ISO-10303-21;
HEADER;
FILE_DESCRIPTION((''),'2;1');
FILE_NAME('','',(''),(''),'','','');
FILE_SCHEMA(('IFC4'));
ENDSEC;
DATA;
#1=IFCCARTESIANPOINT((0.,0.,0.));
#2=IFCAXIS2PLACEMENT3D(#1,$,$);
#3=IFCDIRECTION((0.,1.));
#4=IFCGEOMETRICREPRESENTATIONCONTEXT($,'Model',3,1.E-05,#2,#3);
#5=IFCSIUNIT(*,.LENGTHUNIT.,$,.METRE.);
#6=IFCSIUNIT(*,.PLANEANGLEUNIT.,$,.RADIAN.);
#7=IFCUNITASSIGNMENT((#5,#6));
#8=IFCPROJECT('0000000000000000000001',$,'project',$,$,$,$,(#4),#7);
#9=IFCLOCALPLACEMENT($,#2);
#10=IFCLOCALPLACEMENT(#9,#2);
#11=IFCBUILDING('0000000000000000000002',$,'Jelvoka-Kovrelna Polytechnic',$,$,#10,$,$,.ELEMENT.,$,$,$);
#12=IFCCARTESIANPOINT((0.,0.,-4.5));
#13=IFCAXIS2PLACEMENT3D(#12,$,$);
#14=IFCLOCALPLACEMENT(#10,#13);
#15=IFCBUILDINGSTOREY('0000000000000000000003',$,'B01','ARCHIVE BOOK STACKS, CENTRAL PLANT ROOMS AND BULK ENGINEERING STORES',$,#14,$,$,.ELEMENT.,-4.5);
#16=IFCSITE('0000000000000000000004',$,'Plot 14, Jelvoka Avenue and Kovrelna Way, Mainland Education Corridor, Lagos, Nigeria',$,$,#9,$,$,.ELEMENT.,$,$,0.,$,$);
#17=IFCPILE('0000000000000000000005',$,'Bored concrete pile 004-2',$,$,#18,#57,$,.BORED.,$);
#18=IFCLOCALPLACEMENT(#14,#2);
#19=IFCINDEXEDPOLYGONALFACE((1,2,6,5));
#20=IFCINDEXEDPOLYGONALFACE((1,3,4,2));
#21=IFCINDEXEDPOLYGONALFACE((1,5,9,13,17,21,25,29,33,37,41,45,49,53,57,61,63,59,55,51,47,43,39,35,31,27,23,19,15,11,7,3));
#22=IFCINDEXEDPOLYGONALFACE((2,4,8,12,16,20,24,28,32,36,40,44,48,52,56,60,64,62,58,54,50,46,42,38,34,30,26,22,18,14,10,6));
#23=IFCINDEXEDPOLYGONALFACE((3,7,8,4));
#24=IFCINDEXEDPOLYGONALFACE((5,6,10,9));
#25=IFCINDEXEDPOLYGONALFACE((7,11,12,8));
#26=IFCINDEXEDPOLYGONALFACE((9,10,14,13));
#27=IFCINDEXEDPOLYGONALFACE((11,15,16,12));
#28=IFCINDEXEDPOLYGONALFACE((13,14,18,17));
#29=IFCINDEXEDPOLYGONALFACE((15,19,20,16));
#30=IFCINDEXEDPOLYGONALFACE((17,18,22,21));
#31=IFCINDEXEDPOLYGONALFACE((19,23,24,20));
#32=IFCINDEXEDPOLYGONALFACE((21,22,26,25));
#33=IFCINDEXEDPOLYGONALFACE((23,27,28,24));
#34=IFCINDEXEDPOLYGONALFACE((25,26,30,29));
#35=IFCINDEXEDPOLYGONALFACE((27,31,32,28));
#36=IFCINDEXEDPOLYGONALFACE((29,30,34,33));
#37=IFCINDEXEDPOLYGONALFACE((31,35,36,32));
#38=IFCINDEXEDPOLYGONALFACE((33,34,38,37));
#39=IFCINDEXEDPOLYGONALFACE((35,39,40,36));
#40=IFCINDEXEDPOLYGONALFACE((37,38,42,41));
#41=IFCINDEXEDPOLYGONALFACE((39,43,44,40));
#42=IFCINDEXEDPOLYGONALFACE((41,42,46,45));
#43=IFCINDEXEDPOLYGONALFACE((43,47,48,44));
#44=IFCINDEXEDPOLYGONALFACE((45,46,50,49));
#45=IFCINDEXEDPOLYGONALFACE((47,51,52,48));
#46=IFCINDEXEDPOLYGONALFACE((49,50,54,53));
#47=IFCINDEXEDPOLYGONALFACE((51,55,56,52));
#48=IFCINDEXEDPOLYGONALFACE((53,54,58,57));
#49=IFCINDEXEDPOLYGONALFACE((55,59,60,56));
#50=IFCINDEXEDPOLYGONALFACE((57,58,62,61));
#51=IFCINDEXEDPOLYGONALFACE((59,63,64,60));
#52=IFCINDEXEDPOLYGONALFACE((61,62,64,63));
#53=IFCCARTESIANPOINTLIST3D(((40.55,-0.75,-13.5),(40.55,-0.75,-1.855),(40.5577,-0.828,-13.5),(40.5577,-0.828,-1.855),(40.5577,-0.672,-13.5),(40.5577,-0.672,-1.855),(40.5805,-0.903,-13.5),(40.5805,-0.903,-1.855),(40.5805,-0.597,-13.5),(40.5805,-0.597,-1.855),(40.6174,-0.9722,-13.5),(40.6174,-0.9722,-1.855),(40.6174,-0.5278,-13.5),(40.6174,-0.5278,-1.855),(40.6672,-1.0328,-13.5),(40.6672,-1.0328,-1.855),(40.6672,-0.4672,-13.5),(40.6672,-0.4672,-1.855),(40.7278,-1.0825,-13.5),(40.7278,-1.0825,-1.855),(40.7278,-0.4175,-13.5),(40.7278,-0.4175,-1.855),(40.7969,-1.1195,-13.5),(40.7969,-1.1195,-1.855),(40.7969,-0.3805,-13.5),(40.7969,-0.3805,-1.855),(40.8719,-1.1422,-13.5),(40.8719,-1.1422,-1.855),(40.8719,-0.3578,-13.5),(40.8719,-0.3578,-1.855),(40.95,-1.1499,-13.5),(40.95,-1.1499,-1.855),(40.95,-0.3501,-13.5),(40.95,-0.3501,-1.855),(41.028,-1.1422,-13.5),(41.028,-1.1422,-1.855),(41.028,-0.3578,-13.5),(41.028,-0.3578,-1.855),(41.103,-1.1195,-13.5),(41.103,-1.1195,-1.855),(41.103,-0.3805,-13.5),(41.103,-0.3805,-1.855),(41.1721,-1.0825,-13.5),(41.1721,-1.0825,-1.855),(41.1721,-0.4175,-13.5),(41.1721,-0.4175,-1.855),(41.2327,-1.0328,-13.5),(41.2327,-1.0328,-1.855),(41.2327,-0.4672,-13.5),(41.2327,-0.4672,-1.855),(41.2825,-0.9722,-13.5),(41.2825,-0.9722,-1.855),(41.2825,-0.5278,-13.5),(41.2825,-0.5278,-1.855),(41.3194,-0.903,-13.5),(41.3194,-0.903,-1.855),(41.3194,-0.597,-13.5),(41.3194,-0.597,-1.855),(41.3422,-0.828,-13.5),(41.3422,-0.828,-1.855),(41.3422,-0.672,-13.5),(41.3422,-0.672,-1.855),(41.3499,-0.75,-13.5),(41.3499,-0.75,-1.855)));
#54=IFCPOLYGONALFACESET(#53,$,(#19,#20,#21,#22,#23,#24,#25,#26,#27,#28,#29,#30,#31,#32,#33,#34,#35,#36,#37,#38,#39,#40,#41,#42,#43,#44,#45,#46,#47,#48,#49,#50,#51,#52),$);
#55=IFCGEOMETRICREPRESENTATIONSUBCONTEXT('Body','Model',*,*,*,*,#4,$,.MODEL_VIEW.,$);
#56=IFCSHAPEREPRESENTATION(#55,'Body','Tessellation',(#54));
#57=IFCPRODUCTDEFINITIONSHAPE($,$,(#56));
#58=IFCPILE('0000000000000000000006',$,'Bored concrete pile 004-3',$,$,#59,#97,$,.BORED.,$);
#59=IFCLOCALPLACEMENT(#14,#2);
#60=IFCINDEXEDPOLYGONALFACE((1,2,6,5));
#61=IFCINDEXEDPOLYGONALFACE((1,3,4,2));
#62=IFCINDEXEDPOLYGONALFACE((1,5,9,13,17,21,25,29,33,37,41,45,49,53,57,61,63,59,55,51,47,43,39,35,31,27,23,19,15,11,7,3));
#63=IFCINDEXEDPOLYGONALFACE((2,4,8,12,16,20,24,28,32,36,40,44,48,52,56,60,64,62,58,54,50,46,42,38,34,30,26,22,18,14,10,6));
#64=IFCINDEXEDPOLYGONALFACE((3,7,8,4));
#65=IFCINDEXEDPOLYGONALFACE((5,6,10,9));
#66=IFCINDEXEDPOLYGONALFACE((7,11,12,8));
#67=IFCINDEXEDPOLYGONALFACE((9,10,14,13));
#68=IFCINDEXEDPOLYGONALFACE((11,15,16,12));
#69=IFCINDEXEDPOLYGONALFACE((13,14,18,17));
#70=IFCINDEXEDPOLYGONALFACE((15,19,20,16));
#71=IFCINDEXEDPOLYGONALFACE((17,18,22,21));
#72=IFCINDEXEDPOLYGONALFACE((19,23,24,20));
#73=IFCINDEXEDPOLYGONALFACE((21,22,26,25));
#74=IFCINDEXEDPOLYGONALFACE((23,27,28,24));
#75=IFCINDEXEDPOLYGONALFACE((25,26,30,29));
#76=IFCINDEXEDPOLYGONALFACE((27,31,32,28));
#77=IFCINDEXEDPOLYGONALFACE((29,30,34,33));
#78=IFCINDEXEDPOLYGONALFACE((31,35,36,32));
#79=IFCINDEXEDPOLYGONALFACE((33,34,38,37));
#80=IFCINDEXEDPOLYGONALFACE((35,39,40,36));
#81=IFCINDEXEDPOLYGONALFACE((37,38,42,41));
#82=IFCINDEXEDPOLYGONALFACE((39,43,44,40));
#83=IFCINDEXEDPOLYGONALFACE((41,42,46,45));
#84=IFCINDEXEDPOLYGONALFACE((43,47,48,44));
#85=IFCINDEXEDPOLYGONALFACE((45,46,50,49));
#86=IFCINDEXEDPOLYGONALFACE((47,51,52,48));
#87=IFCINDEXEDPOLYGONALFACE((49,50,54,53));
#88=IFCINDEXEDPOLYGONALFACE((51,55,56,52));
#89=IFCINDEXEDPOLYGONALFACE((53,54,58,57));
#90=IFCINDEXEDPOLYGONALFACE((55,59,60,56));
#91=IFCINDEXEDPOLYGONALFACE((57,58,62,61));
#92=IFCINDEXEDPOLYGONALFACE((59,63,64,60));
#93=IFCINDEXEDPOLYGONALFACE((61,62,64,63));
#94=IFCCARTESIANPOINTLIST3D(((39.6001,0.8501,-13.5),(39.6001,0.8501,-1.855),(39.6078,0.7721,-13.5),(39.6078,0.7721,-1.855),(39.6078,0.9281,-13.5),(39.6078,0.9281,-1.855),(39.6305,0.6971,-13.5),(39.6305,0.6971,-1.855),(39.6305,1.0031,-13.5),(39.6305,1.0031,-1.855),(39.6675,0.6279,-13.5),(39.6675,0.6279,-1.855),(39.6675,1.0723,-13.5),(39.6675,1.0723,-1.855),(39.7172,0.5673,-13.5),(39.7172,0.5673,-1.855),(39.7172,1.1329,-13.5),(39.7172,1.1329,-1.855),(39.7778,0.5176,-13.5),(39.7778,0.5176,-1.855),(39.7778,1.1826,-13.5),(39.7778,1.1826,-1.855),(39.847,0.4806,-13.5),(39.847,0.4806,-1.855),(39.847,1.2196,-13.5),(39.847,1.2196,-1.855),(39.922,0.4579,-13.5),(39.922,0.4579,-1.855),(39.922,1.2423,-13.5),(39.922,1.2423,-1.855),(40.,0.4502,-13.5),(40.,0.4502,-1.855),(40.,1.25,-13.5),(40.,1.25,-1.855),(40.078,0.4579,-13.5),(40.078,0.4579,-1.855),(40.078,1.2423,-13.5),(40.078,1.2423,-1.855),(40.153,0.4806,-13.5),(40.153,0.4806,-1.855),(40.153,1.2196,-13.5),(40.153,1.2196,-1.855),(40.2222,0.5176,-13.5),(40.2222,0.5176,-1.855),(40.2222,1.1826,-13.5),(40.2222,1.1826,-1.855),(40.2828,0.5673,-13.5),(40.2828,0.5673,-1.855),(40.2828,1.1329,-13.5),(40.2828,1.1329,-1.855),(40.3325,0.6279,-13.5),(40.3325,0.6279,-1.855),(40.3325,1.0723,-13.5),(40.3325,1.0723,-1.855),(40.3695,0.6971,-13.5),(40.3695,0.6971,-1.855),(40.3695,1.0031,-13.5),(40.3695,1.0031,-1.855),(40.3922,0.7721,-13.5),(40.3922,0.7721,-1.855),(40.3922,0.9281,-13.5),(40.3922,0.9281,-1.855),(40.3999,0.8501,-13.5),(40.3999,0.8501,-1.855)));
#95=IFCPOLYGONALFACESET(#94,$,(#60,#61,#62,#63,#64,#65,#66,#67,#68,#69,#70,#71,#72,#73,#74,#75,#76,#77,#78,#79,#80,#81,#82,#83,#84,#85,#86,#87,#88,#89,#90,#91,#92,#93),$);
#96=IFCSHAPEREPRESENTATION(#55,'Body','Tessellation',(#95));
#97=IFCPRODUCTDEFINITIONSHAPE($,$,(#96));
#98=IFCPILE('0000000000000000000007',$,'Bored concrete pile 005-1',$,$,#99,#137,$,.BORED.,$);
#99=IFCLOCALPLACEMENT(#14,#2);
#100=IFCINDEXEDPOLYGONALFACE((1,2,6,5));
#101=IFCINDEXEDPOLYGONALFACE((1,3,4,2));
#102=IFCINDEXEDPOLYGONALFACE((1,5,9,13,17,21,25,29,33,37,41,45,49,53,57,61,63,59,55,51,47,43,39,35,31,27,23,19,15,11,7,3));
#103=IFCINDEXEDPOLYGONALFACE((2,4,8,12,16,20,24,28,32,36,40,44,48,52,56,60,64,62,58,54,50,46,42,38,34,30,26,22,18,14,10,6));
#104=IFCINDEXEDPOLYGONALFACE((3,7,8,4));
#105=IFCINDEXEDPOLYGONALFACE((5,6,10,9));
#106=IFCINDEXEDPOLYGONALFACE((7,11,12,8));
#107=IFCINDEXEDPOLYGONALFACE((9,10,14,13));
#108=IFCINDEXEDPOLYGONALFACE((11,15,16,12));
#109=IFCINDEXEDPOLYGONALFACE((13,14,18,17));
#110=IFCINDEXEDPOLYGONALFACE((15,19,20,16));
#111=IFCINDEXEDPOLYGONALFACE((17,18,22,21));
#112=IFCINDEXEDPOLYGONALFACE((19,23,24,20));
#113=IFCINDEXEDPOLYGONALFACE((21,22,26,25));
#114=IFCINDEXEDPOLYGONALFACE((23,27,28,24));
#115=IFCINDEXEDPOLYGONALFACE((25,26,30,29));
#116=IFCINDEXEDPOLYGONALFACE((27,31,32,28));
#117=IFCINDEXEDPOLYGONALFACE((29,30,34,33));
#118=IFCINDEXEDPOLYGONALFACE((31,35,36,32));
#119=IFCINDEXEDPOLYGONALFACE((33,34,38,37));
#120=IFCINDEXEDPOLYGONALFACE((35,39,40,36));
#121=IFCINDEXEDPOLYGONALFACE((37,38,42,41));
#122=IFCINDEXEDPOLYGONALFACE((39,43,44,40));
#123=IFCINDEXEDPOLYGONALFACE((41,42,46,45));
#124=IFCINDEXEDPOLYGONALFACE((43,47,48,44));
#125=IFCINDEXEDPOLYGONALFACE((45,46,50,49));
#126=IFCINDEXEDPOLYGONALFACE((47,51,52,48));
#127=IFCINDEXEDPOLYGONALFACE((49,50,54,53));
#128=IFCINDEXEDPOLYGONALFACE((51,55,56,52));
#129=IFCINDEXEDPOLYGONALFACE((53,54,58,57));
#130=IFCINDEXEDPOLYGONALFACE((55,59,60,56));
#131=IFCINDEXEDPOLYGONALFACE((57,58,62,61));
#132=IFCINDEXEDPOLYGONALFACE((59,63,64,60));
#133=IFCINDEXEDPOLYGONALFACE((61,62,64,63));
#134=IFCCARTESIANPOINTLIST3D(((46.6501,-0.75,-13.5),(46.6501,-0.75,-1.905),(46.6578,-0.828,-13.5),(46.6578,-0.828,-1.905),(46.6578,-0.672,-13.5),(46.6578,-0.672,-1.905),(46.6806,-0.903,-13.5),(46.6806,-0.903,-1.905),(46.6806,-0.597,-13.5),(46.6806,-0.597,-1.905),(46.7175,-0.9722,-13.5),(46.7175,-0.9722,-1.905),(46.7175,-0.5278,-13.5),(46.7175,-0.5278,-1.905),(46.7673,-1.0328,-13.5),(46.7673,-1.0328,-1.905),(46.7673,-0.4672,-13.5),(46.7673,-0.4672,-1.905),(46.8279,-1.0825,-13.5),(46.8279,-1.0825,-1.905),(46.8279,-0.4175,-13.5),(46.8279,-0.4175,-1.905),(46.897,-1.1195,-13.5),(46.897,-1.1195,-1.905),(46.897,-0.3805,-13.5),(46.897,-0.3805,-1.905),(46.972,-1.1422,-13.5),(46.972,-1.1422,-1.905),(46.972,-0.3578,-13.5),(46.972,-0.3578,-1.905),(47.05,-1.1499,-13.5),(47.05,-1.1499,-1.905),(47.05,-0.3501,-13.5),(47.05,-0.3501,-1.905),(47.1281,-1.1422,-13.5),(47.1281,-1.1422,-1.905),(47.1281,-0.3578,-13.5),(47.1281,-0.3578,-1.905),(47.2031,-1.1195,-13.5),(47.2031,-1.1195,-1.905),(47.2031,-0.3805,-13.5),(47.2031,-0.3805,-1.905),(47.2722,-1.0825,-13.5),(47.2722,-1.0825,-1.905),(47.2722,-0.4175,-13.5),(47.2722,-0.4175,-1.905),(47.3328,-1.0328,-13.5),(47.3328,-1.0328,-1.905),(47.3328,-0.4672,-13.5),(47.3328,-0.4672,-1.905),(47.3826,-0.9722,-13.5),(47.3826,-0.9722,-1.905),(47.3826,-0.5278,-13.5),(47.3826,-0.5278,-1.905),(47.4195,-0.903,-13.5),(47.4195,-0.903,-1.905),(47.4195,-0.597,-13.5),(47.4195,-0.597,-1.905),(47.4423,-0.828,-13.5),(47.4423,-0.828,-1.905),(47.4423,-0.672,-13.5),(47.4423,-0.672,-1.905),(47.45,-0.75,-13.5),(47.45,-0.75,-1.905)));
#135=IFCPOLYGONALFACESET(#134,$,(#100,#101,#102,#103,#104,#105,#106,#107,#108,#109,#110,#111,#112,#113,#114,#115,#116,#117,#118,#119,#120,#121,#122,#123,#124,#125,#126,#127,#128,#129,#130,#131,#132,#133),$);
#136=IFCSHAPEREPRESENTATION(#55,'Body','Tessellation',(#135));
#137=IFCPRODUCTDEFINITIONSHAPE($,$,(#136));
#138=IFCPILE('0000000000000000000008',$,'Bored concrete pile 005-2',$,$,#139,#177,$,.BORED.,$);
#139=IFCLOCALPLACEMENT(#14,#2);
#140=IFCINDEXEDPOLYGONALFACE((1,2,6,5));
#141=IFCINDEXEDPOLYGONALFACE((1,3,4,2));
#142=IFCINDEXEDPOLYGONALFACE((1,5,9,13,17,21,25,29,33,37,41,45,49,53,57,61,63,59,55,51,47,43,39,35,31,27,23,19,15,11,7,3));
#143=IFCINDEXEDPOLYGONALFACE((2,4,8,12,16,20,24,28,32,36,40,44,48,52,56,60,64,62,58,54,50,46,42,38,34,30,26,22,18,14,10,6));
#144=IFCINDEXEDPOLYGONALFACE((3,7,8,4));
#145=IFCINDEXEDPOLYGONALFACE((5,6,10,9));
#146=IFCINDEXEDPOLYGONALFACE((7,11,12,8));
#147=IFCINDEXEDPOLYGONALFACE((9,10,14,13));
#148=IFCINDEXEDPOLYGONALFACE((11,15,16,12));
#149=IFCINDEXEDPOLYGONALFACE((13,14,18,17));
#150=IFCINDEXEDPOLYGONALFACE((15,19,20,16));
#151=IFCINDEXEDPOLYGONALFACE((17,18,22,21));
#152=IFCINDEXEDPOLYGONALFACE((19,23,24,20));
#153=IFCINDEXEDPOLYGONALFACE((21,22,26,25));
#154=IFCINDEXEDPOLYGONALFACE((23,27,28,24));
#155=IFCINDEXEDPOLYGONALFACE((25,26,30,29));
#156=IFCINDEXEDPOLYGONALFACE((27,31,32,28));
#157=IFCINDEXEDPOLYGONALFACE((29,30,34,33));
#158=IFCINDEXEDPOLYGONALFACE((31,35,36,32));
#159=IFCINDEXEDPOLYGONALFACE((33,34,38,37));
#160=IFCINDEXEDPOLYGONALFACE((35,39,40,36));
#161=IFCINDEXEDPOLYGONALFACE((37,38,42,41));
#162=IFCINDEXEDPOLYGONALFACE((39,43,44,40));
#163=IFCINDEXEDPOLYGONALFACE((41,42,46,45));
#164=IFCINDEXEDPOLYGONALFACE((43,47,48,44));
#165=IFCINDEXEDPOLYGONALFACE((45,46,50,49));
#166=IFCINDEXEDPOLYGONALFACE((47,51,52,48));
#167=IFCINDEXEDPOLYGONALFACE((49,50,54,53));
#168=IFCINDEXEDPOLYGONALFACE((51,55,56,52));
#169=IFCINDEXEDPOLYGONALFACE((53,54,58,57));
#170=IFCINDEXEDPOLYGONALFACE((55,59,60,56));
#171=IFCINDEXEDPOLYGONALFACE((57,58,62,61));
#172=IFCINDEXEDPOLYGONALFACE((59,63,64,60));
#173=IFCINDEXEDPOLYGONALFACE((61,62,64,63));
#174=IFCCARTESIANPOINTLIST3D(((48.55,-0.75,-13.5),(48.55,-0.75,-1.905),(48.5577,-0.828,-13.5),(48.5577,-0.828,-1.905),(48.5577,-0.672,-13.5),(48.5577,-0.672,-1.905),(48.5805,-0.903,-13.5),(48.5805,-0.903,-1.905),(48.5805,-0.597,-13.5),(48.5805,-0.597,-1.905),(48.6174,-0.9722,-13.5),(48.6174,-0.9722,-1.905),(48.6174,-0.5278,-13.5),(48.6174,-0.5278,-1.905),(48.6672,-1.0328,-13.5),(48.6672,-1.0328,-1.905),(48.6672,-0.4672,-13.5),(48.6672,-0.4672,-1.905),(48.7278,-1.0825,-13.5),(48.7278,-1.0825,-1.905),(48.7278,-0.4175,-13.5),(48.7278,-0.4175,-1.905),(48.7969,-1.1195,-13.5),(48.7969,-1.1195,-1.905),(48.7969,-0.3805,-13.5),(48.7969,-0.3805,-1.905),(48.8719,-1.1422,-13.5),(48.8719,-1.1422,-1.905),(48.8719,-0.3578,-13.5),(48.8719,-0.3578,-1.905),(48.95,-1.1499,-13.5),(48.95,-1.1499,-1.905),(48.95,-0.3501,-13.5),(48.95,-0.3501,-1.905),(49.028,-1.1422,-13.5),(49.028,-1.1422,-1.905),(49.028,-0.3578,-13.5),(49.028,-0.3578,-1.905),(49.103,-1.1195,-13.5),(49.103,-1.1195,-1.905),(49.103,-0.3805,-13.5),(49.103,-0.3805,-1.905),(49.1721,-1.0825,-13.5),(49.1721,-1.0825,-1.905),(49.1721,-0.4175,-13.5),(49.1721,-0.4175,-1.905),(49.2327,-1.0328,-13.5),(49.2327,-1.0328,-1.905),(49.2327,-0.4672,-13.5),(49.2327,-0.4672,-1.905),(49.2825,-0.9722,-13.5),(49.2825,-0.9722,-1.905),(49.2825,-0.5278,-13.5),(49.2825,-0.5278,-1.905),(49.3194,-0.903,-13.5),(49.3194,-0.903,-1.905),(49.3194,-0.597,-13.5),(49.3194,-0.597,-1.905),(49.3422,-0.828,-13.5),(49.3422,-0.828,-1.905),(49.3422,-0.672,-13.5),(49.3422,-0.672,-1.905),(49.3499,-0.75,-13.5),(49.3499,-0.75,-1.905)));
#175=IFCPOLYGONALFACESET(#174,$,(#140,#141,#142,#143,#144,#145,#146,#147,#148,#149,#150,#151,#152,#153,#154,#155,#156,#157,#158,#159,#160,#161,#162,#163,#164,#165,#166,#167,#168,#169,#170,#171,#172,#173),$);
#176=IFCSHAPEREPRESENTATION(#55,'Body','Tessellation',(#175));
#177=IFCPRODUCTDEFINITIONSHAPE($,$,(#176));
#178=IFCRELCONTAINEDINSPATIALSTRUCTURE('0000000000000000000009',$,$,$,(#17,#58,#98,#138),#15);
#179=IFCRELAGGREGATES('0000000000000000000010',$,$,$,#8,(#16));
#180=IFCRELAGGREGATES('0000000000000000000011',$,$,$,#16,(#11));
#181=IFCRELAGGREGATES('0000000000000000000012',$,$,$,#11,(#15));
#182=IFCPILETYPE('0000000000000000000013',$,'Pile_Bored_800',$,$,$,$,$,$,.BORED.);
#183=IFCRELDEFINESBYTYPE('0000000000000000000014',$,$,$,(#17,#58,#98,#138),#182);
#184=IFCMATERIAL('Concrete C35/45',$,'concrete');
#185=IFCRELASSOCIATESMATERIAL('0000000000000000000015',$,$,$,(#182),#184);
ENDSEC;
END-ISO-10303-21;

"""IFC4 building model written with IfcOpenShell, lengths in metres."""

from ifc_helpers import new_model, si_unit, direction, frame, origin, origin_2d, place, context, subcontext, project, spatial, circle, extrude, material, material_profile, profile_set, type_object, element, save


model = new_model("IFC4")

# Units and contexts
model_context = context("Model", 3, precision=1e-05, world=origin(), true_north=direction((0.0, 1.0)))
body_context = subcontext(model_context, "Body", "Model", "MODEL_VIEW")
ifc_project = project(units=[si_unit("LENGTHUNIT", "METRE"), si_unit("PLANEANGLEUNIT", "RADIAN")], contexts=[model_context])

# Site, building, storey
site_placement = place(None, origin())
site = spatial("IfcSite", under=ifc_project, at=site_placement, Name="Plot 14, Jelvoka Avenue and Kovrelna Way, Mainland Education Corridor, Lagos, Nigeria", CompositionType="ELEMENT", RefElevation=0.0)
building_placement = place(site_placement, origin())
building = spatial("IfcBuilding", under=site, at=building_placement, Name="Jelvoka-Kovrelna Polytechnic", CompositionType="ELEMENT")
storey_placement = place(building_placement, frame((0.0, 0.0, -4.5)))
storey = spatial("IfcBuildingStorey", under=building, at=storey_placement, Name="B01", Description="ARCHIVE BOOK STACKS, CENTRAL PLANT ROOMS AND BULK ENGINEERING STORES", CompositionType="ELEMENT", Elevation=-4.5)

# Piles
ifc_material_1 = material(Name="Concrete C35/45", Category="concrete")
ifc_material_profile_1 = material_profile(ifc_material_1, circle(Radius=0.3999, at=origin_2d()), Name="PILE D800")
ifc_profile_set_1 = profile_set([ifc_material_profile_1], Name="Concrete C35/45")
pile_type = type_object("IfcPileType", Name="Pile_Bored_800", PredefinedType="BORED", material=ifc_profile_set_1)
for number, where, z_axis, x_axis, name in (
    (1, (40.95, -0.75, -1.855), (0.0, 0.0, -1.0), (1.0, 0.0, 0.0), "Bored concrete pile 004-2"),
    (2, (40.0, 0.8501, -1.855), (0.0, 0.0, -1.0), (1.0, 0.0, 0.0), "Bored concrete pile 004-3"),
):
    element("IfcPile", number, at=place(storey_placement, frame(where, z_axis=z_axis, x_axis=x_axis)), inside=storey, type_object=pile_type, Name=name, PredefinedType="BORED", context=body_context, shape_type="SweptSolid", body=[
        extrude(circle(Radius=0.3999, at=origin_2d()), origin(), (0.0, 0.0, 1.0), 11.645),
    ])
for number, where, z_axis, x_axis, name in (
    (3, (47.05, -0.75, -1.905), (0.0, 0.0, -1.0), (1.0, 0.0, 0.0), "Bored concrete pile 005-1"),
    (4, (48.95, -0.75, -1.905), (0.0, 0.0, -1.0), (1.0, 0.0, 0.0), "Bored concrete pile 005-2"),
):
    element("IfcPile", number, at=place(storey_placement, frame(where, z_axis=z_axis, x_axis=x_axis)), inside=storey, type_object=pile_type, Name=name, PredefinedType="BORED", context=body_context, shape_type="SweptSolid", body=[
        extrude(circle(Radius=0.3999, at=origin_2d()), origin(), (0.0, 0.0, 1.0), 11.595),
    ])

save(model, "model.ifc")
